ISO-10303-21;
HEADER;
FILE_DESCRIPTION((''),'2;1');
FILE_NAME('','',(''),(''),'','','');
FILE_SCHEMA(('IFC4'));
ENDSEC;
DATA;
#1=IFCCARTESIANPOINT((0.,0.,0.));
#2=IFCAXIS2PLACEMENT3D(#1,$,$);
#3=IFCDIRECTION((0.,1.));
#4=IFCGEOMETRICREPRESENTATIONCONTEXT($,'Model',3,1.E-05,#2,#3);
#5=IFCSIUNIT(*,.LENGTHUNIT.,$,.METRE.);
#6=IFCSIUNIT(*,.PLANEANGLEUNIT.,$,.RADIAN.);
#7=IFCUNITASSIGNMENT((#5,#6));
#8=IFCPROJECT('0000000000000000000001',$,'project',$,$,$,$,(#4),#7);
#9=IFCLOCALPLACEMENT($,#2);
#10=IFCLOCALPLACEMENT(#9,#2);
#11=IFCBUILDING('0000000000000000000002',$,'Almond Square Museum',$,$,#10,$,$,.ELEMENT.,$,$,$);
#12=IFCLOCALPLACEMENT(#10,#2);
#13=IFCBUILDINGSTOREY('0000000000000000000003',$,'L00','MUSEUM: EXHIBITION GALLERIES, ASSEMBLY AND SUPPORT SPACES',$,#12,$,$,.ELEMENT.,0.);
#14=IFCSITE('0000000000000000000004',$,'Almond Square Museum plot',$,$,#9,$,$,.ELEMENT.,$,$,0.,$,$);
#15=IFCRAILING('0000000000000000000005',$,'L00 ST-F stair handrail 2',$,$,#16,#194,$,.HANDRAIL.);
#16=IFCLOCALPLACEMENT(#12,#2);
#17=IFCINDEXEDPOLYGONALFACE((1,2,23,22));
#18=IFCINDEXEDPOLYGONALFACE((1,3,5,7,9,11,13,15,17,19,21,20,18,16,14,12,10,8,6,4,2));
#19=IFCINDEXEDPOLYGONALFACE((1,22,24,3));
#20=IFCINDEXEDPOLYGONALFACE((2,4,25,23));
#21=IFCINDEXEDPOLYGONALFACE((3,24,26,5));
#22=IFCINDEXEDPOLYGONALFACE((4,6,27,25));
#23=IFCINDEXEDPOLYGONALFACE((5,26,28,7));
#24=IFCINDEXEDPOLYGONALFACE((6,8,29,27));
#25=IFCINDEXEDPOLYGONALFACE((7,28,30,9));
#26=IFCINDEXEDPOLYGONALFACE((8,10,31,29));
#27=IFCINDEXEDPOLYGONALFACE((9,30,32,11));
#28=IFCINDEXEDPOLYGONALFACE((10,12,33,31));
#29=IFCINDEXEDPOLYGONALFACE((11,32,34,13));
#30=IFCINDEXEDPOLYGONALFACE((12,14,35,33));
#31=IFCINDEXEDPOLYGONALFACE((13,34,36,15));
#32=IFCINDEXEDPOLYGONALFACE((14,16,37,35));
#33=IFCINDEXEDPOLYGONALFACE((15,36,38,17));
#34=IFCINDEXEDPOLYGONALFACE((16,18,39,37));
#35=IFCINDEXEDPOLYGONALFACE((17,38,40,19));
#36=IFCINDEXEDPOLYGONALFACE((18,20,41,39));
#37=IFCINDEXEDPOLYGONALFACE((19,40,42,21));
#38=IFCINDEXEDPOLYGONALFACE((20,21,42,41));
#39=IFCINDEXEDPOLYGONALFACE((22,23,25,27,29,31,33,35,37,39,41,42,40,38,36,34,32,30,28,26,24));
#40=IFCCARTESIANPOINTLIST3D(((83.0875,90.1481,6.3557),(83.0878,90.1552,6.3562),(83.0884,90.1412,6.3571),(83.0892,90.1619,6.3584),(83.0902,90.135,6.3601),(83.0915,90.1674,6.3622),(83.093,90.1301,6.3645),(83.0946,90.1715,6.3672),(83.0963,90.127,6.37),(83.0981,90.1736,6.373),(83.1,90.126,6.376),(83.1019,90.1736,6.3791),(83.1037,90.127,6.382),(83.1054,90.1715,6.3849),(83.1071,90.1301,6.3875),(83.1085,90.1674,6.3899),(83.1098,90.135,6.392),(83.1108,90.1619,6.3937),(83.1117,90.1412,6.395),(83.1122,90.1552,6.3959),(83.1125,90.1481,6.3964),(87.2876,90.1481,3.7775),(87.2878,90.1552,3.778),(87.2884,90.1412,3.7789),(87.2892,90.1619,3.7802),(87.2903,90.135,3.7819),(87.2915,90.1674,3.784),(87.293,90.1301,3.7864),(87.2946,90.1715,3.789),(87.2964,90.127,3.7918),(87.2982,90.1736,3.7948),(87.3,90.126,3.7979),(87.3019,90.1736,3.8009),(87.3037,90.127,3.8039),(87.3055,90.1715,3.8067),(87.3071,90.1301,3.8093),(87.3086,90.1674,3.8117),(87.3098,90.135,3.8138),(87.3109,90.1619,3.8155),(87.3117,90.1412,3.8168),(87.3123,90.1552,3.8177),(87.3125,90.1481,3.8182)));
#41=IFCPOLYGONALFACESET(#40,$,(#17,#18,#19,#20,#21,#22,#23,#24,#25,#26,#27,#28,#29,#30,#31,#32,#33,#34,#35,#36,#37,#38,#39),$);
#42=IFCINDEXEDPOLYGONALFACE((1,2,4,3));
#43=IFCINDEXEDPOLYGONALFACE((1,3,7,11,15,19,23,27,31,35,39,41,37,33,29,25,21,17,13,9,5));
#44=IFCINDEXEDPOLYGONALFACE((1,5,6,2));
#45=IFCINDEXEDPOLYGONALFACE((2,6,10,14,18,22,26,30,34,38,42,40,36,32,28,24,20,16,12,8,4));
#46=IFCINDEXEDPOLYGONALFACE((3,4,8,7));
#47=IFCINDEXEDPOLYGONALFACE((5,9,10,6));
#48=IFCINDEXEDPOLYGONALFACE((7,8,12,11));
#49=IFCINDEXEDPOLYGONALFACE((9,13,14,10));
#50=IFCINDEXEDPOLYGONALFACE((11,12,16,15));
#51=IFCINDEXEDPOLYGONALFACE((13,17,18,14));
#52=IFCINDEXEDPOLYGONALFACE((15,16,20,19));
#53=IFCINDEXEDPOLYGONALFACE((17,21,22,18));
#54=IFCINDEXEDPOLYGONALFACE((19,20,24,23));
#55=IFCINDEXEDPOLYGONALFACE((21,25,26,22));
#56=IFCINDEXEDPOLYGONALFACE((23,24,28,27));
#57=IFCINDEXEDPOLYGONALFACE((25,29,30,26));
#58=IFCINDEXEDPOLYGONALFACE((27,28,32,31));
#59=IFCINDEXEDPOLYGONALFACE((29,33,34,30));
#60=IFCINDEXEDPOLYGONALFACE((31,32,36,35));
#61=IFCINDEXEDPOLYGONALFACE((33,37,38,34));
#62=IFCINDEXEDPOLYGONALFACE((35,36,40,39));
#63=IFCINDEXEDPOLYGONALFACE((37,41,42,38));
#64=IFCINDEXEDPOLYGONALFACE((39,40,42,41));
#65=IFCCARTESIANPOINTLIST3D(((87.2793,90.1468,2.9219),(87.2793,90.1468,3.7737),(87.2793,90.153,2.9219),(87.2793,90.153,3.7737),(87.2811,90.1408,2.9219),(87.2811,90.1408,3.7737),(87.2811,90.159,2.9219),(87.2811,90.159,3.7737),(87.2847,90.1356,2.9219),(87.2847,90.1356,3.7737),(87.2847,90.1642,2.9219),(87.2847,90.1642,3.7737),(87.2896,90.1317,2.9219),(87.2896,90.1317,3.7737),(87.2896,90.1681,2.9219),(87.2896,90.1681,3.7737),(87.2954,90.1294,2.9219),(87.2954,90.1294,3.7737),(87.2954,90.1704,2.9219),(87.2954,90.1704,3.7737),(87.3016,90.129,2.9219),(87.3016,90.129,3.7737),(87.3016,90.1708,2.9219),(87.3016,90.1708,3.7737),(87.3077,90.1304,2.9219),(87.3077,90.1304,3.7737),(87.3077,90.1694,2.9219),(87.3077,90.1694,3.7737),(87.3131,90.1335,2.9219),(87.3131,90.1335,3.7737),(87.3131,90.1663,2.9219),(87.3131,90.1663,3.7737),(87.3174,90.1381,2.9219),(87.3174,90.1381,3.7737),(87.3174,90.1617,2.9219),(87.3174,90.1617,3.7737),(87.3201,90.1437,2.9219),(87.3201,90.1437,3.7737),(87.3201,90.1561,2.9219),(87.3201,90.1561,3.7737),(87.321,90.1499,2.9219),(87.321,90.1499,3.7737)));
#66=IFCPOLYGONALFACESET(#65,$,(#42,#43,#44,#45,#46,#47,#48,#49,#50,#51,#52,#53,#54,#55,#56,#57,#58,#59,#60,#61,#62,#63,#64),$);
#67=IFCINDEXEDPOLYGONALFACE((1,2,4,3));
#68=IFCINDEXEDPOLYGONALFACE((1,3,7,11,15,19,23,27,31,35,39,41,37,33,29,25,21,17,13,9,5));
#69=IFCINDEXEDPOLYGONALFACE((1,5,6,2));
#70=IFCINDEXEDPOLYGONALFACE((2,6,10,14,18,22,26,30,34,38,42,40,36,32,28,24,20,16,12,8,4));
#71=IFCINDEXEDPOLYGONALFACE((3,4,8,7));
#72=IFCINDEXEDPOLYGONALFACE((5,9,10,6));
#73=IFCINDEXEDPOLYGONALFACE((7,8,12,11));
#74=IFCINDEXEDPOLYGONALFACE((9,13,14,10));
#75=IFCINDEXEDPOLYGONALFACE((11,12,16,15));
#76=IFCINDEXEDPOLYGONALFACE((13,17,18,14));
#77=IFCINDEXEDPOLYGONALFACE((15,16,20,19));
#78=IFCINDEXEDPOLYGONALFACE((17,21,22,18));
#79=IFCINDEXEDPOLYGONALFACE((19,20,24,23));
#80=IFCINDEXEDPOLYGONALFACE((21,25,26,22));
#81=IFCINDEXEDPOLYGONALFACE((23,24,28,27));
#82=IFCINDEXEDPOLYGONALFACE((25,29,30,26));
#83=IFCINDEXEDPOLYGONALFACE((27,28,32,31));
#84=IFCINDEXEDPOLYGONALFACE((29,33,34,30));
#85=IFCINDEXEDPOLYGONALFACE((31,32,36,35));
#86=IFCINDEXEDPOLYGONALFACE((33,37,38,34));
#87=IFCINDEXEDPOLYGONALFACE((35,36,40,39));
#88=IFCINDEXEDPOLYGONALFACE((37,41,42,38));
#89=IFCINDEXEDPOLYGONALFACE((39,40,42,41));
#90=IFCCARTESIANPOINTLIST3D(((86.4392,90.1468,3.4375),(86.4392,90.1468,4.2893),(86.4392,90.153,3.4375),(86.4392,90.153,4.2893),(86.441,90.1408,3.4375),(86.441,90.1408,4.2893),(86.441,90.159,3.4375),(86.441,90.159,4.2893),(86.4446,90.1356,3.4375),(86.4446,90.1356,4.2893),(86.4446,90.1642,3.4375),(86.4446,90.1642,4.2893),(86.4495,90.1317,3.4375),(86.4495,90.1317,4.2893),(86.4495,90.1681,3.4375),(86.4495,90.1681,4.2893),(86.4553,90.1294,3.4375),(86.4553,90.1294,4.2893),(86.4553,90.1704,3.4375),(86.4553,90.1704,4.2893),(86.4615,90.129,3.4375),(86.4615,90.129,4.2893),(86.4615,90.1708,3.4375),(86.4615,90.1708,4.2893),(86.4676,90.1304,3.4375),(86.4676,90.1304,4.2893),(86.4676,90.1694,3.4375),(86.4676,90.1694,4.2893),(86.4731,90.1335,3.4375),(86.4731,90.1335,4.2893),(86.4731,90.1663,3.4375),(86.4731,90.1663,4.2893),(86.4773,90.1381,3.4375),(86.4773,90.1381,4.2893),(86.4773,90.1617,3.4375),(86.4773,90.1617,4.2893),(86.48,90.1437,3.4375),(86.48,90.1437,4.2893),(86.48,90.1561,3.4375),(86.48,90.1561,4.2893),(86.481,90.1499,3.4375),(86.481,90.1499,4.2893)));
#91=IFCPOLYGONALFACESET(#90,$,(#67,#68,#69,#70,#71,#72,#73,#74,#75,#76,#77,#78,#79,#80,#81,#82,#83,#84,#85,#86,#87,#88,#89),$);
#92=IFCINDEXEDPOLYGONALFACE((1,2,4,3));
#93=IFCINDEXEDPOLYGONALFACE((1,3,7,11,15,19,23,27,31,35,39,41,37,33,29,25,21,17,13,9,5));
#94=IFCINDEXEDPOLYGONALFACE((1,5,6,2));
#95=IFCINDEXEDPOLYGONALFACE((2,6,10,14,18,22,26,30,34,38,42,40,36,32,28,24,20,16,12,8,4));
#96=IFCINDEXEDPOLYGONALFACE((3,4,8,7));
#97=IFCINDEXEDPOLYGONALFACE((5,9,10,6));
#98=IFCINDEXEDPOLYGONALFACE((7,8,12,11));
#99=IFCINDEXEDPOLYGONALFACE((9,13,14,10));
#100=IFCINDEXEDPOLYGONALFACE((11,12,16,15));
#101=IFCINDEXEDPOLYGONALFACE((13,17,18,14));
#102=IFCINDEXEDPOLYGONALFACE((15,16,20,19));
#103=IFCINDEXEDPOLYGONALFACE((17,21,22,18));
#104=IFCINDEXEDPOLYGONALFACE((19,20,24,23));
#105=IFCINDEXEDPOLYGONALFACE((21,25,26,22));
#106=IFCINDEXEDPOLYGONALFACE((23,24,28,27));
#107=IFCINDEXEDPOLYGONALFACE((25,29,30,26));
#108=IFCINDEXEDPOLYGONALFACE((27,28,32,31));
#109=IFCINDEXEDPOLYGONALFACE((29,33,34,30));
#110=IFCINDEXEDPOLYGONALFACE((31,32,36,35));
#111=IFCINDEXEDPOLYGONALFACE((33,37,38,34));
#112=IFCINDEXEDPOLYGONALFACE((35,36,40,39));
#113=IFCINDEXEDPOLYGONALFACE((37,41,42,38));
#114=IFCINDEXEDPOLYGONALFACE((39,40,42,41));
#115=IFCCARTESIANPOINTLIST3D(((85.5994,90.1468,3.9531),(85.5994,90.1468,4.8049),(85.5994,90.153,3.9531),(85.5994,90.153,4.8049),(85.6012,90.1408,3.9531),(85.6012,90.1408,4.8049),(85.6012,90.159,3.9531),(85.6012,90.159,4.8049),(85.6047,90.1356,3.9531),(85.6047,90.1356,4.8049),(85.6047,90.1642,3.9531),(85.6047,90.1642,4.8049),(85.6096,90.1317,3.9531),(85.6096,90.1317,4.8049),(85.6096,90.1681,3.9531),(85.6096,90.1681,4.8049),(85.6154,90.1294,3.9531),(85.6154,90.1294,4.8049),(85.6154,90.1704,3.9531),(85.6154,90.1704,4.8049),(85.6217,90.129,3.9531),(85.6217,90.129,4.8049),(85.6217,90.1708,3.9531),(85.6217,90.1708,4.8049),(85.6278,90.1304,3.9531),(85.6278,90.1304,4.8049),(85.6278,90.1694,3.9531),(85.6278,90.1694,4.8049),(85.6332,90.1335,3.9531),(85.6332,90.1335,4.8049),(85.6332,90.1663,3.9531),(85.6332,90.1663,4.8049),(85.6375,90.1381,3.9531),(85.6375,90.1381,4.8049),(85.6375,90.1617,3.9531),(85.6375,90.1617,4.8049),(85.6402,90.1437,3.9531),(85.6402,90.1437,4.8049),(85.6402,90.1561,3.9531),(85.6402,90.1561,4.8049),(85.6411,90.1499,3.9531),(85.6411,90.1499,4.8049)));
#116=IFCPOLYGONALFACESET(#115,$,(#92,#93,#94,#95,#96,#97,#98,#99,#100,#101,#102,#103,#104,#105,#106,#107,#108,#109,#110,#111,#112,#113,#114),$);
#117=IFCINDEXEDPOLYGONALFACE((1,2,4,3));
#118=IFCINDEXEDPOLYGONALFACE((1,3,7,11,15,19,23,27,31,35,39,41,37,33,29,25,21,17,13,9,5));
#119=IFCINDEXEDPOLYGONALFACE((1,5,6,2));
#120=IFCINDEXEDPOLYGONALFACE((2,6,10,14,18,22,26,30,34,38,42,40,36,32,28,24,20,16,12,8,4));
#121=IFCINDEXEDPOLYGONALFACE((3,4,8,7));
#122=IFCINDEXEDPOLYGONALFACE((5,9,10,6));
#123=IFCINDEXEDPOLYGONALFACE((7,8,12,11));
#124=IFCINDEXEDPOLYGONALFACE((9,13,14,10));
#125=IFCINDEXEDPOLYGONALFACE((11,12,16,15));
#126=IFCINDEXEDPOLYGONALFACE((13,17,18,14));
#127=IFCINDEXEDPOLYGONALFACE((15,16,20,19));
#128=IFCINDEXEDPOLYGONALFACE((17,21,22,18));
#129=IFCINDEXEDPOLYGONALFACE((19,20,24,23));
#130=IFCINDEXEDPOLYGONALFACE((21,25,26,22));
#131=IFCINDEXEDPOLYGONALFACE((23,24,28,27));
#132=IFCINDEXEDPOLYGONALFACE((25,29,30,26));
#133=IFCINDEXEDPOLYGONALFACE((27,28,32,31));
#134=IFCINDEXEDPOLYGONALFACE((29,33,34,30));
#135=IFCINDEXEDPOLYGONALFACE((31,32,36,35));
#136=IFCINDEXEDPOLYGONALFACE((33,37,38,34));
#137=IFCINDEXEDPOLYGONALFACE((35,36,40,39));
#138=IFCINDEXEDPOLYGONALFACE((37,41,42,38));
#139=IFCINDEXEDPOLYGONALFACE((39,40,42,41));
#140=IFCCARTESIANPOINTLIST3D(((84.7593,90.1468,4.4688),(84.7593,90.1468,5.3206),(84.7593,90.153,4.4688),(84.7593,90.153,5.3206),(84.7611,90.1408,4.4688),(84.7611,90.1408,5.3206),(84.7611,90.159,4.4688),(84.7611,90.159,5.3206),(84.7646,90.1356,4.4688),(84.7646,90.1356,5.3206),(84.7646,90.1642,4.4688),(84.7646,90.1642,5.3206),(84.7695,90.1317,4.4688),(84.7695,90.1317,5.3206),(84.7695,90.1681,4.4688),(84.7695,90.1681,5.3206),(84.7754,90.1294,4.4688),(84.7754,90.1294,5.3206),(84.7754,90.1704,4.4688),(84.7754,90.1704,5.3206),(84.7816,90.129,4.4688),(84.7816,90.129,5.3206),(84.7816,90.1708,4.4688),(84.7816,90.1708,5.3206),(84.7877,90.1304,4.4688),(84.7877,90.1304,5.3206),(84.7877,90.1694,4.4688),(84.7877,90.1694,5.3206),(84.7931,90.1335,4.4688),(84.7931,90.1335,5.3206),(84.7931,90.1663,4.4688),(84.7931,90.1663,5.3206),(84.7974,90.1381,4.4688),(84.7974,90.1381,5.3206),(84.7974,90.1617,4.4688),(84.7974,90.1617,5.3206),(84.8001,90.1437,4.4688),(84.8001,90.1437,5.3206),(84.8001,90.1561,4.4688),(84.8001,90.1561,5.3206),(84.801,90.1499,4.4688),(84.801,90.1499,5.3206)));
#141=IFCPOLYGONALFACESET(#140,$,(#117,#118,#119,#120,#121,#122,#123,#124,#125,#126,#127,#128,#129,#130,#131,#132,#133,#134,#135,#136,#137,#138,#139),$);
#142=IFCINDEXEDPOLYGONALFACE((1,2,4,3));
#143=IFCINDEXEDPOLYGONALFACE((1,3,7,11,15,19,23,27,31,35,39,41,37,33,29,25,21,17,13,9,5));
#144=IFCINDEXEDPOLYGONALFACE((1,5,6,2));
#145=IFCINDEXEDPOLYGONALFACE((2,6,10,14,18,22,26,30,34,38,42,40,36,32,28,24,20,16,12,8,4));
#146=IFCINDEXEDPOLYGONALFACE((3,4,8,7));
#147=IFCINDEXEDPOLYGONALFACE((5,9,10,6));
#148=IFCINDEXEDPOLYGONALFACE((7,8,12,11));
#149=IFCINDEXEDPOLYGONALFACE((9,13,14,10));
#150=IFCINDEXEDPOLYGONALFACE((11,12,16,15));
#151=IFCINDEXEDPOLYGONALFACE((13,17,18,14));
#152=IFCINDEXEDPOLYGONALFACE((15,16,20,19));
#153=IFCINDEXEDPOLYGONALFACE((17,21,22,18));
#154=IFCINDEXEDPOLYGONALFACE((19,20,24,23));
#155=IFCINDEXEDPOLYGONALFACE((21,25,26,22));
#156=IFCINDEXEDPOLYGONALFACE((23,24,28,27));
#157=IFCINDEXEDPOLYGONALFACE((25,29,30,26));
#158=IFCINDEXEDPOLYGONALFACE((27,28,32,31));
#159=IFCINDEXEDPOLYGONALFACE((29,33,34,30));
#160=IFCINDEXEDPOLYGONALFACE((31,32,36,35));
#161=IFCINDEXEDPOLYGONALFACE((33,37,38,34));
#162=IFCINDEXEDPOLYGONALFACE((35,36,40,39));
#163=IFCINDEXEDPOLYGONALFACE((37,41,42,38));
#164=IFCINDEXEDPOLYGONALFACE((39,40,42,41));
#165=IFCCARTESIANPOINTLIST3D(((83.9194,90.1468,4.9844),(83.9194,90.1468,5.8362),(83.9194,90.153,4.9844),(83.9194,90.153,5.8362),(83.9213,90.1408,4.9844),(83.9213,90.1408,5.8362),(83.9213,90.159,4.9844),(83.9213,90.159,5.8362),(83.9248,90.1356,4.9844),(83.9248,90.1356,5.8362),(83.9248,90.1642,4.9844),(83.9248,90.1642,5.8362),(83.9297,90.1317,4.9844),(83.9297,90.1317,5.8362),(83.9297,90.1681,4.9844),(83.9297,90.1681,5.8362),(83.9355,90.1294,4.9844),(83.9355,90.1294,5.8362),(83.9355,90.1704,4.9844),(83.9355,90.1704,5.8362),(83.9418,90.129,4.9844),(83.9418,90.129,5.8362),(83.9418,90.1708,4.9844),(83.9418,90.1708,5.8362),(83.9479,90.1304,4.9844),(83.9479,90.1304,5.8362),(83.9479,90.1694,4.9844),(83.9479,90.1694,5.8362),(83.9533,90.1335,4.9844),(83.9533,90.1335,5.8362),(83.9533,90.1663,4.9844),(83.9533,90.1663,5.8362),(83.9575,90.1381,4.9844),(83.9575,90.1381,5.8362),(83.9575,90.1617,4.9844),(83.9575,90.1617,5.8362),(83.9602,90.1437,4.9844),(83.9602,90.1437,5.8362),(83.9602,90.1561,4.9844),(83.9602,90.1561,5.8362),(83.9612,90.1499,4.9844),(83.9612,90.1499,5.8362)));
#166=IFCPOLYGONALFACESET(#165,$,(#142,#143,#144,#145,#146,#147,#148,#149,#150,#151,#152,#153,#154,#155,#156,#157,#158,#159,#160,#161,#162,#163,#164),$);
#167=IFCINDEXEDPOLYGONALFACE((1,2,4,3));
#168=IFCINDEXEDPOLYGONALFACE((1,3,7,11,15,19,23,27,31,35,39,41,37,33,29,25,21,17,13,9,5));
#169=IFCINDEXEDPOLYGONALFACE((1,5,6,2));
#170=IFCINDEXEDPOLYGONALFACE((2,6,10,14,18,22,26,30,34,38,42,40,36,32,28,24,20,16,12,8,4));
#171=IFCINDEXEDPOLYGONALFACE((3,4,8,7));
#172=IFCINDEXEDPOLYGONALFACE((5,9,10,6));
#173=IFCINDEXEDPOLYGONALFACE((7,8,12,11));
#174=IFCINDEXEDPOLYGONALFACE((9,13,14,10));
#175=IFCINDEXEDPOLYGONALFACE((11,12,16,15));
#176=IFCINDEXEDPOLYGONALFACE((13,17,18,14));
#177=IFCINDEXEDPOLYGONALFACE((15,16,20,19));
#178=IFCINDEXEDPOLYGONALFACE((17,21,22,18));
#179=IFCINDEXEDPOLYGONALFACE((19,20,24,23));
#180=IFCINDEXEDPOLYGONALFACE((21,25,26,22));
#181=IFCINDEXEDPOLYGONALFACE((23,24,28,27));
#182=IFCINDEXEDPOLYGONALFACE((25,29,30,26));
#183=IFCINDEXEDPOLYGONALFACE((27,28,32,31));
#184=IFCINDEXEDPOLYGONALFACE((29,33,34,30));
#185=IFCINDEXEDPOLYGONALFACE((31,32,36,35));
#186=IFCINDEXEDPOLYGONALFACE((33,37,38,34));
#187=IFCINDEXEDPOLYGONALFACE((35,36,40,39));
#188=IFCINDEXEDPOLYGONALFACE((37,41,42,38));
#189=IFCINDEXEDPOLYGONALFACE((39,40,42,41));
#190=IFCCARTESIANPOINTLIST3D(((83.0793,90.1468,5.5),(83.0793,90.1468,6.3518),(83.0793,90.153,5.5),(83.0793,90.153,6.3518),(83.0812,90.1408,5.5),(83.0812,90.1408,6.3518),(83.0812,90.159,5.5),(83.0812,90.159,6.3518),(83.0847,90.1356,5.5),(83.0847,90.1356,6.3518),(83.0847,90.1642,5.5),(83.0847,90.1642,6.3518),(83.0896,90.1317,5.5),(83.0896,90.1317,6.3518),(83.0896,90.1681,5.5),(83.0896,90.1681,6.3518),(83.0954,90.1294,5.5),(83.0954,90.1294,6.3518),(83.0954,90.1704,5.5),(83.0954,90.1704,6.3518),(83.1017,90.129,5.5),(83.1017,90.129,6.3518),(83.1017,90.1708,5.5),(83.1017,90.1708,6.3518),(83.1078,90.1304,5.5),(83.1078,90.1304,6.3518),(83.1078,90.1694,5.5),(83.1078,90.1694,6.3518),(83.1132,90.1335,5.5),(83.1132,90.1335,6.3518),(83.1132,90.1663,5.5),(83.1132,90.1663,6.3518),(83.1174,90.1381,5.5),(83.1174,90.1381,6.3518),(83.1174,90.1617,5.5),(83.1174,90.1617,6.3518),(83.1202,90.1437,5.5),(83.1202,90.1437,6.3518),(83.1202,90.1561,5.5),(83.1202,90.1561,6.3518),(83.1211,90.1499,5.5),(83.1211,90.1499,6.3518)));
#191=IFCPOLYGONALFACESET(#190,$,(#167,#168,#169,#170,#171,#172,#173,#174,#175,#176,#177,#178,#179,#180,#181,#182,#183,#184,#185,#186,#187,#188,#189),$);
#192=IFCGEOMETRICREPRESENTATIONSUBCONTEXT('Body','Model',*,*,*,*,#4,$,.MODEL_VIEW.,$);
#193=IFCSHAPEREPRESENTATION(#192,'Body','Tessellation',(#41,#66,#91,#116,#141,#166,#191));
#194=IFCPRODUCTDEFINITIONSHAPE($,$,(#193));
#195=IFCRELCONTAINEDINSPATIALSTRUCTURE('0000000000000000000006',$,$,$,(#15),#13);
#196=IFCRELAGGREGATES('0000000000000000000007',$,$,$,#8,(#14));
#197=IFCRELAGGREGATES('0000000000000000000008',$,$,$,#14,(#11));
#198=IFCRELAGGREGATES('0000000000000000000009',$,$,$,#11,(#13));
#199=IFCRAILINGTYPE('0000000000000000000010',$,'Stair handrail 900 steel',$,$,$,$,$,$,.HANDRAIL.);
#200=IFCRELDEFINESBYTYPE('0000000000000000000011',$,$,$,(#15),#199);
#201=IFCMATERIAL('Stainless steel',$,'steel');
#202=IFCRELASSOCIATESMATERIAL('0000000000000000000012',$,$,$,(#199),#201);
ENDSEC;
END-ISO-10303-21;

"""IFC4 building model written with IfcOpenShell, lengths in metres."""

from ifc_helpers import new_model, si_unit, direction, frame, origin, origin_2d, place, context, subcontext, project, spatial, circle, extrude, material, type_object, element, save


model = new_model("IFC4")

# Units and contexts
model_context = context("Model", 3, precision=1e-05, world=origin(), true_north=direction((0.0, 1.0)))
body_context = subcontext(model_context, "Body", "Model", "MODEL_VIEW")
ifc_project = project(units=[si_unit("LENGTHUNIT", "METRE"), si_unit("PLANEANGLEUNIT", "RADIAN")], contexts=[model_context])

# Site, building, storey
site_placement = place(None, origin())
site = spatial("IfcSite", under=ifc_project, at=site_placement, Name="Almond Square Museum plot", CompositionType="ELEMENT", RefElevation=0.0)
building_placement = place(site_placement, origin())
building = spatial("IfcBuilding", under=site, at=building_placement, Name="Almond Square Museum", CompositionType="ELEMENT")
storey_placement = place(building_placement, origin())
storey = spatial("IfcBuildingStorey", under=building, at=storey_placement, Name="L00", Description="MUSEUM: EXHIBITION GALLERIES, ASSEMBLY AND SUPPORT SPACES", CompositionType="ELEMENT", Elevation=0.0)

# Railing
ifc_material_1 = material(Name="Stainless steel", Category="steel")
railing_type_1 = type_object("IfcRailingType", Name="Stair handrail 900 steel", PredefinedType="HANDRAIL", material=ifc_material_1)
railing_1_placement = place(storey_placement, frame((87.3, 90.1499, 2.9219)))
element("IfcRailing", 1, at=railing_1_placement, inside=storey, type_object=railing_type_1, Name="L00 ST-F stair handrail 2", PredefinedType="HANDRAIL", context=body_context, shape_type="SweptSolid", body=[
    extrude(circle(Radius=0.0239, at=origin_2d()), frame((0.0, 0.0, 0.876), z_axis=(-0.852243, 0.0, 0.523146), x_axis=(0.0, -1.0, 0.0)), (0.0, 0.0, 1.0), 4.9282),
    extrude(circle(Radius=0.021, at=origin_2d()), origin(), (0.0, 0.0, 1.0), 0.8518),
    extrude(circle(Radius=0.021, at=origin_2d()), frame((-0.8401, 0.0, 0.5156)), (0.0, 0.0, 1.0), 0.8518),
    extrude(circle(Radius=0.021, at=origin_2d()), frame((-1.6799, 0.0, 1.0312)), (0.0, 0.0, 1.0), 0.8518),
    extrude(circle(Radius=0.021, at=origin_2d()), frame((-2.52, 0.0, 1.5469)), (0.0, 0.0, 1.0), 0.8518),
    extrude(circle(Radius=0.021, at=origin_2d()), frame((-3.3599, 0.0, 2.0625)), (0.0, 0.0, 1.0), 0.8518),
    extrude(circle(Radius=0.021, at=origin_2d()), frame((-4.2, 0.0, 2.5781)), (0.0, 0.0, 1.0), 0.8518),
])

save(model, "model.ifc")
